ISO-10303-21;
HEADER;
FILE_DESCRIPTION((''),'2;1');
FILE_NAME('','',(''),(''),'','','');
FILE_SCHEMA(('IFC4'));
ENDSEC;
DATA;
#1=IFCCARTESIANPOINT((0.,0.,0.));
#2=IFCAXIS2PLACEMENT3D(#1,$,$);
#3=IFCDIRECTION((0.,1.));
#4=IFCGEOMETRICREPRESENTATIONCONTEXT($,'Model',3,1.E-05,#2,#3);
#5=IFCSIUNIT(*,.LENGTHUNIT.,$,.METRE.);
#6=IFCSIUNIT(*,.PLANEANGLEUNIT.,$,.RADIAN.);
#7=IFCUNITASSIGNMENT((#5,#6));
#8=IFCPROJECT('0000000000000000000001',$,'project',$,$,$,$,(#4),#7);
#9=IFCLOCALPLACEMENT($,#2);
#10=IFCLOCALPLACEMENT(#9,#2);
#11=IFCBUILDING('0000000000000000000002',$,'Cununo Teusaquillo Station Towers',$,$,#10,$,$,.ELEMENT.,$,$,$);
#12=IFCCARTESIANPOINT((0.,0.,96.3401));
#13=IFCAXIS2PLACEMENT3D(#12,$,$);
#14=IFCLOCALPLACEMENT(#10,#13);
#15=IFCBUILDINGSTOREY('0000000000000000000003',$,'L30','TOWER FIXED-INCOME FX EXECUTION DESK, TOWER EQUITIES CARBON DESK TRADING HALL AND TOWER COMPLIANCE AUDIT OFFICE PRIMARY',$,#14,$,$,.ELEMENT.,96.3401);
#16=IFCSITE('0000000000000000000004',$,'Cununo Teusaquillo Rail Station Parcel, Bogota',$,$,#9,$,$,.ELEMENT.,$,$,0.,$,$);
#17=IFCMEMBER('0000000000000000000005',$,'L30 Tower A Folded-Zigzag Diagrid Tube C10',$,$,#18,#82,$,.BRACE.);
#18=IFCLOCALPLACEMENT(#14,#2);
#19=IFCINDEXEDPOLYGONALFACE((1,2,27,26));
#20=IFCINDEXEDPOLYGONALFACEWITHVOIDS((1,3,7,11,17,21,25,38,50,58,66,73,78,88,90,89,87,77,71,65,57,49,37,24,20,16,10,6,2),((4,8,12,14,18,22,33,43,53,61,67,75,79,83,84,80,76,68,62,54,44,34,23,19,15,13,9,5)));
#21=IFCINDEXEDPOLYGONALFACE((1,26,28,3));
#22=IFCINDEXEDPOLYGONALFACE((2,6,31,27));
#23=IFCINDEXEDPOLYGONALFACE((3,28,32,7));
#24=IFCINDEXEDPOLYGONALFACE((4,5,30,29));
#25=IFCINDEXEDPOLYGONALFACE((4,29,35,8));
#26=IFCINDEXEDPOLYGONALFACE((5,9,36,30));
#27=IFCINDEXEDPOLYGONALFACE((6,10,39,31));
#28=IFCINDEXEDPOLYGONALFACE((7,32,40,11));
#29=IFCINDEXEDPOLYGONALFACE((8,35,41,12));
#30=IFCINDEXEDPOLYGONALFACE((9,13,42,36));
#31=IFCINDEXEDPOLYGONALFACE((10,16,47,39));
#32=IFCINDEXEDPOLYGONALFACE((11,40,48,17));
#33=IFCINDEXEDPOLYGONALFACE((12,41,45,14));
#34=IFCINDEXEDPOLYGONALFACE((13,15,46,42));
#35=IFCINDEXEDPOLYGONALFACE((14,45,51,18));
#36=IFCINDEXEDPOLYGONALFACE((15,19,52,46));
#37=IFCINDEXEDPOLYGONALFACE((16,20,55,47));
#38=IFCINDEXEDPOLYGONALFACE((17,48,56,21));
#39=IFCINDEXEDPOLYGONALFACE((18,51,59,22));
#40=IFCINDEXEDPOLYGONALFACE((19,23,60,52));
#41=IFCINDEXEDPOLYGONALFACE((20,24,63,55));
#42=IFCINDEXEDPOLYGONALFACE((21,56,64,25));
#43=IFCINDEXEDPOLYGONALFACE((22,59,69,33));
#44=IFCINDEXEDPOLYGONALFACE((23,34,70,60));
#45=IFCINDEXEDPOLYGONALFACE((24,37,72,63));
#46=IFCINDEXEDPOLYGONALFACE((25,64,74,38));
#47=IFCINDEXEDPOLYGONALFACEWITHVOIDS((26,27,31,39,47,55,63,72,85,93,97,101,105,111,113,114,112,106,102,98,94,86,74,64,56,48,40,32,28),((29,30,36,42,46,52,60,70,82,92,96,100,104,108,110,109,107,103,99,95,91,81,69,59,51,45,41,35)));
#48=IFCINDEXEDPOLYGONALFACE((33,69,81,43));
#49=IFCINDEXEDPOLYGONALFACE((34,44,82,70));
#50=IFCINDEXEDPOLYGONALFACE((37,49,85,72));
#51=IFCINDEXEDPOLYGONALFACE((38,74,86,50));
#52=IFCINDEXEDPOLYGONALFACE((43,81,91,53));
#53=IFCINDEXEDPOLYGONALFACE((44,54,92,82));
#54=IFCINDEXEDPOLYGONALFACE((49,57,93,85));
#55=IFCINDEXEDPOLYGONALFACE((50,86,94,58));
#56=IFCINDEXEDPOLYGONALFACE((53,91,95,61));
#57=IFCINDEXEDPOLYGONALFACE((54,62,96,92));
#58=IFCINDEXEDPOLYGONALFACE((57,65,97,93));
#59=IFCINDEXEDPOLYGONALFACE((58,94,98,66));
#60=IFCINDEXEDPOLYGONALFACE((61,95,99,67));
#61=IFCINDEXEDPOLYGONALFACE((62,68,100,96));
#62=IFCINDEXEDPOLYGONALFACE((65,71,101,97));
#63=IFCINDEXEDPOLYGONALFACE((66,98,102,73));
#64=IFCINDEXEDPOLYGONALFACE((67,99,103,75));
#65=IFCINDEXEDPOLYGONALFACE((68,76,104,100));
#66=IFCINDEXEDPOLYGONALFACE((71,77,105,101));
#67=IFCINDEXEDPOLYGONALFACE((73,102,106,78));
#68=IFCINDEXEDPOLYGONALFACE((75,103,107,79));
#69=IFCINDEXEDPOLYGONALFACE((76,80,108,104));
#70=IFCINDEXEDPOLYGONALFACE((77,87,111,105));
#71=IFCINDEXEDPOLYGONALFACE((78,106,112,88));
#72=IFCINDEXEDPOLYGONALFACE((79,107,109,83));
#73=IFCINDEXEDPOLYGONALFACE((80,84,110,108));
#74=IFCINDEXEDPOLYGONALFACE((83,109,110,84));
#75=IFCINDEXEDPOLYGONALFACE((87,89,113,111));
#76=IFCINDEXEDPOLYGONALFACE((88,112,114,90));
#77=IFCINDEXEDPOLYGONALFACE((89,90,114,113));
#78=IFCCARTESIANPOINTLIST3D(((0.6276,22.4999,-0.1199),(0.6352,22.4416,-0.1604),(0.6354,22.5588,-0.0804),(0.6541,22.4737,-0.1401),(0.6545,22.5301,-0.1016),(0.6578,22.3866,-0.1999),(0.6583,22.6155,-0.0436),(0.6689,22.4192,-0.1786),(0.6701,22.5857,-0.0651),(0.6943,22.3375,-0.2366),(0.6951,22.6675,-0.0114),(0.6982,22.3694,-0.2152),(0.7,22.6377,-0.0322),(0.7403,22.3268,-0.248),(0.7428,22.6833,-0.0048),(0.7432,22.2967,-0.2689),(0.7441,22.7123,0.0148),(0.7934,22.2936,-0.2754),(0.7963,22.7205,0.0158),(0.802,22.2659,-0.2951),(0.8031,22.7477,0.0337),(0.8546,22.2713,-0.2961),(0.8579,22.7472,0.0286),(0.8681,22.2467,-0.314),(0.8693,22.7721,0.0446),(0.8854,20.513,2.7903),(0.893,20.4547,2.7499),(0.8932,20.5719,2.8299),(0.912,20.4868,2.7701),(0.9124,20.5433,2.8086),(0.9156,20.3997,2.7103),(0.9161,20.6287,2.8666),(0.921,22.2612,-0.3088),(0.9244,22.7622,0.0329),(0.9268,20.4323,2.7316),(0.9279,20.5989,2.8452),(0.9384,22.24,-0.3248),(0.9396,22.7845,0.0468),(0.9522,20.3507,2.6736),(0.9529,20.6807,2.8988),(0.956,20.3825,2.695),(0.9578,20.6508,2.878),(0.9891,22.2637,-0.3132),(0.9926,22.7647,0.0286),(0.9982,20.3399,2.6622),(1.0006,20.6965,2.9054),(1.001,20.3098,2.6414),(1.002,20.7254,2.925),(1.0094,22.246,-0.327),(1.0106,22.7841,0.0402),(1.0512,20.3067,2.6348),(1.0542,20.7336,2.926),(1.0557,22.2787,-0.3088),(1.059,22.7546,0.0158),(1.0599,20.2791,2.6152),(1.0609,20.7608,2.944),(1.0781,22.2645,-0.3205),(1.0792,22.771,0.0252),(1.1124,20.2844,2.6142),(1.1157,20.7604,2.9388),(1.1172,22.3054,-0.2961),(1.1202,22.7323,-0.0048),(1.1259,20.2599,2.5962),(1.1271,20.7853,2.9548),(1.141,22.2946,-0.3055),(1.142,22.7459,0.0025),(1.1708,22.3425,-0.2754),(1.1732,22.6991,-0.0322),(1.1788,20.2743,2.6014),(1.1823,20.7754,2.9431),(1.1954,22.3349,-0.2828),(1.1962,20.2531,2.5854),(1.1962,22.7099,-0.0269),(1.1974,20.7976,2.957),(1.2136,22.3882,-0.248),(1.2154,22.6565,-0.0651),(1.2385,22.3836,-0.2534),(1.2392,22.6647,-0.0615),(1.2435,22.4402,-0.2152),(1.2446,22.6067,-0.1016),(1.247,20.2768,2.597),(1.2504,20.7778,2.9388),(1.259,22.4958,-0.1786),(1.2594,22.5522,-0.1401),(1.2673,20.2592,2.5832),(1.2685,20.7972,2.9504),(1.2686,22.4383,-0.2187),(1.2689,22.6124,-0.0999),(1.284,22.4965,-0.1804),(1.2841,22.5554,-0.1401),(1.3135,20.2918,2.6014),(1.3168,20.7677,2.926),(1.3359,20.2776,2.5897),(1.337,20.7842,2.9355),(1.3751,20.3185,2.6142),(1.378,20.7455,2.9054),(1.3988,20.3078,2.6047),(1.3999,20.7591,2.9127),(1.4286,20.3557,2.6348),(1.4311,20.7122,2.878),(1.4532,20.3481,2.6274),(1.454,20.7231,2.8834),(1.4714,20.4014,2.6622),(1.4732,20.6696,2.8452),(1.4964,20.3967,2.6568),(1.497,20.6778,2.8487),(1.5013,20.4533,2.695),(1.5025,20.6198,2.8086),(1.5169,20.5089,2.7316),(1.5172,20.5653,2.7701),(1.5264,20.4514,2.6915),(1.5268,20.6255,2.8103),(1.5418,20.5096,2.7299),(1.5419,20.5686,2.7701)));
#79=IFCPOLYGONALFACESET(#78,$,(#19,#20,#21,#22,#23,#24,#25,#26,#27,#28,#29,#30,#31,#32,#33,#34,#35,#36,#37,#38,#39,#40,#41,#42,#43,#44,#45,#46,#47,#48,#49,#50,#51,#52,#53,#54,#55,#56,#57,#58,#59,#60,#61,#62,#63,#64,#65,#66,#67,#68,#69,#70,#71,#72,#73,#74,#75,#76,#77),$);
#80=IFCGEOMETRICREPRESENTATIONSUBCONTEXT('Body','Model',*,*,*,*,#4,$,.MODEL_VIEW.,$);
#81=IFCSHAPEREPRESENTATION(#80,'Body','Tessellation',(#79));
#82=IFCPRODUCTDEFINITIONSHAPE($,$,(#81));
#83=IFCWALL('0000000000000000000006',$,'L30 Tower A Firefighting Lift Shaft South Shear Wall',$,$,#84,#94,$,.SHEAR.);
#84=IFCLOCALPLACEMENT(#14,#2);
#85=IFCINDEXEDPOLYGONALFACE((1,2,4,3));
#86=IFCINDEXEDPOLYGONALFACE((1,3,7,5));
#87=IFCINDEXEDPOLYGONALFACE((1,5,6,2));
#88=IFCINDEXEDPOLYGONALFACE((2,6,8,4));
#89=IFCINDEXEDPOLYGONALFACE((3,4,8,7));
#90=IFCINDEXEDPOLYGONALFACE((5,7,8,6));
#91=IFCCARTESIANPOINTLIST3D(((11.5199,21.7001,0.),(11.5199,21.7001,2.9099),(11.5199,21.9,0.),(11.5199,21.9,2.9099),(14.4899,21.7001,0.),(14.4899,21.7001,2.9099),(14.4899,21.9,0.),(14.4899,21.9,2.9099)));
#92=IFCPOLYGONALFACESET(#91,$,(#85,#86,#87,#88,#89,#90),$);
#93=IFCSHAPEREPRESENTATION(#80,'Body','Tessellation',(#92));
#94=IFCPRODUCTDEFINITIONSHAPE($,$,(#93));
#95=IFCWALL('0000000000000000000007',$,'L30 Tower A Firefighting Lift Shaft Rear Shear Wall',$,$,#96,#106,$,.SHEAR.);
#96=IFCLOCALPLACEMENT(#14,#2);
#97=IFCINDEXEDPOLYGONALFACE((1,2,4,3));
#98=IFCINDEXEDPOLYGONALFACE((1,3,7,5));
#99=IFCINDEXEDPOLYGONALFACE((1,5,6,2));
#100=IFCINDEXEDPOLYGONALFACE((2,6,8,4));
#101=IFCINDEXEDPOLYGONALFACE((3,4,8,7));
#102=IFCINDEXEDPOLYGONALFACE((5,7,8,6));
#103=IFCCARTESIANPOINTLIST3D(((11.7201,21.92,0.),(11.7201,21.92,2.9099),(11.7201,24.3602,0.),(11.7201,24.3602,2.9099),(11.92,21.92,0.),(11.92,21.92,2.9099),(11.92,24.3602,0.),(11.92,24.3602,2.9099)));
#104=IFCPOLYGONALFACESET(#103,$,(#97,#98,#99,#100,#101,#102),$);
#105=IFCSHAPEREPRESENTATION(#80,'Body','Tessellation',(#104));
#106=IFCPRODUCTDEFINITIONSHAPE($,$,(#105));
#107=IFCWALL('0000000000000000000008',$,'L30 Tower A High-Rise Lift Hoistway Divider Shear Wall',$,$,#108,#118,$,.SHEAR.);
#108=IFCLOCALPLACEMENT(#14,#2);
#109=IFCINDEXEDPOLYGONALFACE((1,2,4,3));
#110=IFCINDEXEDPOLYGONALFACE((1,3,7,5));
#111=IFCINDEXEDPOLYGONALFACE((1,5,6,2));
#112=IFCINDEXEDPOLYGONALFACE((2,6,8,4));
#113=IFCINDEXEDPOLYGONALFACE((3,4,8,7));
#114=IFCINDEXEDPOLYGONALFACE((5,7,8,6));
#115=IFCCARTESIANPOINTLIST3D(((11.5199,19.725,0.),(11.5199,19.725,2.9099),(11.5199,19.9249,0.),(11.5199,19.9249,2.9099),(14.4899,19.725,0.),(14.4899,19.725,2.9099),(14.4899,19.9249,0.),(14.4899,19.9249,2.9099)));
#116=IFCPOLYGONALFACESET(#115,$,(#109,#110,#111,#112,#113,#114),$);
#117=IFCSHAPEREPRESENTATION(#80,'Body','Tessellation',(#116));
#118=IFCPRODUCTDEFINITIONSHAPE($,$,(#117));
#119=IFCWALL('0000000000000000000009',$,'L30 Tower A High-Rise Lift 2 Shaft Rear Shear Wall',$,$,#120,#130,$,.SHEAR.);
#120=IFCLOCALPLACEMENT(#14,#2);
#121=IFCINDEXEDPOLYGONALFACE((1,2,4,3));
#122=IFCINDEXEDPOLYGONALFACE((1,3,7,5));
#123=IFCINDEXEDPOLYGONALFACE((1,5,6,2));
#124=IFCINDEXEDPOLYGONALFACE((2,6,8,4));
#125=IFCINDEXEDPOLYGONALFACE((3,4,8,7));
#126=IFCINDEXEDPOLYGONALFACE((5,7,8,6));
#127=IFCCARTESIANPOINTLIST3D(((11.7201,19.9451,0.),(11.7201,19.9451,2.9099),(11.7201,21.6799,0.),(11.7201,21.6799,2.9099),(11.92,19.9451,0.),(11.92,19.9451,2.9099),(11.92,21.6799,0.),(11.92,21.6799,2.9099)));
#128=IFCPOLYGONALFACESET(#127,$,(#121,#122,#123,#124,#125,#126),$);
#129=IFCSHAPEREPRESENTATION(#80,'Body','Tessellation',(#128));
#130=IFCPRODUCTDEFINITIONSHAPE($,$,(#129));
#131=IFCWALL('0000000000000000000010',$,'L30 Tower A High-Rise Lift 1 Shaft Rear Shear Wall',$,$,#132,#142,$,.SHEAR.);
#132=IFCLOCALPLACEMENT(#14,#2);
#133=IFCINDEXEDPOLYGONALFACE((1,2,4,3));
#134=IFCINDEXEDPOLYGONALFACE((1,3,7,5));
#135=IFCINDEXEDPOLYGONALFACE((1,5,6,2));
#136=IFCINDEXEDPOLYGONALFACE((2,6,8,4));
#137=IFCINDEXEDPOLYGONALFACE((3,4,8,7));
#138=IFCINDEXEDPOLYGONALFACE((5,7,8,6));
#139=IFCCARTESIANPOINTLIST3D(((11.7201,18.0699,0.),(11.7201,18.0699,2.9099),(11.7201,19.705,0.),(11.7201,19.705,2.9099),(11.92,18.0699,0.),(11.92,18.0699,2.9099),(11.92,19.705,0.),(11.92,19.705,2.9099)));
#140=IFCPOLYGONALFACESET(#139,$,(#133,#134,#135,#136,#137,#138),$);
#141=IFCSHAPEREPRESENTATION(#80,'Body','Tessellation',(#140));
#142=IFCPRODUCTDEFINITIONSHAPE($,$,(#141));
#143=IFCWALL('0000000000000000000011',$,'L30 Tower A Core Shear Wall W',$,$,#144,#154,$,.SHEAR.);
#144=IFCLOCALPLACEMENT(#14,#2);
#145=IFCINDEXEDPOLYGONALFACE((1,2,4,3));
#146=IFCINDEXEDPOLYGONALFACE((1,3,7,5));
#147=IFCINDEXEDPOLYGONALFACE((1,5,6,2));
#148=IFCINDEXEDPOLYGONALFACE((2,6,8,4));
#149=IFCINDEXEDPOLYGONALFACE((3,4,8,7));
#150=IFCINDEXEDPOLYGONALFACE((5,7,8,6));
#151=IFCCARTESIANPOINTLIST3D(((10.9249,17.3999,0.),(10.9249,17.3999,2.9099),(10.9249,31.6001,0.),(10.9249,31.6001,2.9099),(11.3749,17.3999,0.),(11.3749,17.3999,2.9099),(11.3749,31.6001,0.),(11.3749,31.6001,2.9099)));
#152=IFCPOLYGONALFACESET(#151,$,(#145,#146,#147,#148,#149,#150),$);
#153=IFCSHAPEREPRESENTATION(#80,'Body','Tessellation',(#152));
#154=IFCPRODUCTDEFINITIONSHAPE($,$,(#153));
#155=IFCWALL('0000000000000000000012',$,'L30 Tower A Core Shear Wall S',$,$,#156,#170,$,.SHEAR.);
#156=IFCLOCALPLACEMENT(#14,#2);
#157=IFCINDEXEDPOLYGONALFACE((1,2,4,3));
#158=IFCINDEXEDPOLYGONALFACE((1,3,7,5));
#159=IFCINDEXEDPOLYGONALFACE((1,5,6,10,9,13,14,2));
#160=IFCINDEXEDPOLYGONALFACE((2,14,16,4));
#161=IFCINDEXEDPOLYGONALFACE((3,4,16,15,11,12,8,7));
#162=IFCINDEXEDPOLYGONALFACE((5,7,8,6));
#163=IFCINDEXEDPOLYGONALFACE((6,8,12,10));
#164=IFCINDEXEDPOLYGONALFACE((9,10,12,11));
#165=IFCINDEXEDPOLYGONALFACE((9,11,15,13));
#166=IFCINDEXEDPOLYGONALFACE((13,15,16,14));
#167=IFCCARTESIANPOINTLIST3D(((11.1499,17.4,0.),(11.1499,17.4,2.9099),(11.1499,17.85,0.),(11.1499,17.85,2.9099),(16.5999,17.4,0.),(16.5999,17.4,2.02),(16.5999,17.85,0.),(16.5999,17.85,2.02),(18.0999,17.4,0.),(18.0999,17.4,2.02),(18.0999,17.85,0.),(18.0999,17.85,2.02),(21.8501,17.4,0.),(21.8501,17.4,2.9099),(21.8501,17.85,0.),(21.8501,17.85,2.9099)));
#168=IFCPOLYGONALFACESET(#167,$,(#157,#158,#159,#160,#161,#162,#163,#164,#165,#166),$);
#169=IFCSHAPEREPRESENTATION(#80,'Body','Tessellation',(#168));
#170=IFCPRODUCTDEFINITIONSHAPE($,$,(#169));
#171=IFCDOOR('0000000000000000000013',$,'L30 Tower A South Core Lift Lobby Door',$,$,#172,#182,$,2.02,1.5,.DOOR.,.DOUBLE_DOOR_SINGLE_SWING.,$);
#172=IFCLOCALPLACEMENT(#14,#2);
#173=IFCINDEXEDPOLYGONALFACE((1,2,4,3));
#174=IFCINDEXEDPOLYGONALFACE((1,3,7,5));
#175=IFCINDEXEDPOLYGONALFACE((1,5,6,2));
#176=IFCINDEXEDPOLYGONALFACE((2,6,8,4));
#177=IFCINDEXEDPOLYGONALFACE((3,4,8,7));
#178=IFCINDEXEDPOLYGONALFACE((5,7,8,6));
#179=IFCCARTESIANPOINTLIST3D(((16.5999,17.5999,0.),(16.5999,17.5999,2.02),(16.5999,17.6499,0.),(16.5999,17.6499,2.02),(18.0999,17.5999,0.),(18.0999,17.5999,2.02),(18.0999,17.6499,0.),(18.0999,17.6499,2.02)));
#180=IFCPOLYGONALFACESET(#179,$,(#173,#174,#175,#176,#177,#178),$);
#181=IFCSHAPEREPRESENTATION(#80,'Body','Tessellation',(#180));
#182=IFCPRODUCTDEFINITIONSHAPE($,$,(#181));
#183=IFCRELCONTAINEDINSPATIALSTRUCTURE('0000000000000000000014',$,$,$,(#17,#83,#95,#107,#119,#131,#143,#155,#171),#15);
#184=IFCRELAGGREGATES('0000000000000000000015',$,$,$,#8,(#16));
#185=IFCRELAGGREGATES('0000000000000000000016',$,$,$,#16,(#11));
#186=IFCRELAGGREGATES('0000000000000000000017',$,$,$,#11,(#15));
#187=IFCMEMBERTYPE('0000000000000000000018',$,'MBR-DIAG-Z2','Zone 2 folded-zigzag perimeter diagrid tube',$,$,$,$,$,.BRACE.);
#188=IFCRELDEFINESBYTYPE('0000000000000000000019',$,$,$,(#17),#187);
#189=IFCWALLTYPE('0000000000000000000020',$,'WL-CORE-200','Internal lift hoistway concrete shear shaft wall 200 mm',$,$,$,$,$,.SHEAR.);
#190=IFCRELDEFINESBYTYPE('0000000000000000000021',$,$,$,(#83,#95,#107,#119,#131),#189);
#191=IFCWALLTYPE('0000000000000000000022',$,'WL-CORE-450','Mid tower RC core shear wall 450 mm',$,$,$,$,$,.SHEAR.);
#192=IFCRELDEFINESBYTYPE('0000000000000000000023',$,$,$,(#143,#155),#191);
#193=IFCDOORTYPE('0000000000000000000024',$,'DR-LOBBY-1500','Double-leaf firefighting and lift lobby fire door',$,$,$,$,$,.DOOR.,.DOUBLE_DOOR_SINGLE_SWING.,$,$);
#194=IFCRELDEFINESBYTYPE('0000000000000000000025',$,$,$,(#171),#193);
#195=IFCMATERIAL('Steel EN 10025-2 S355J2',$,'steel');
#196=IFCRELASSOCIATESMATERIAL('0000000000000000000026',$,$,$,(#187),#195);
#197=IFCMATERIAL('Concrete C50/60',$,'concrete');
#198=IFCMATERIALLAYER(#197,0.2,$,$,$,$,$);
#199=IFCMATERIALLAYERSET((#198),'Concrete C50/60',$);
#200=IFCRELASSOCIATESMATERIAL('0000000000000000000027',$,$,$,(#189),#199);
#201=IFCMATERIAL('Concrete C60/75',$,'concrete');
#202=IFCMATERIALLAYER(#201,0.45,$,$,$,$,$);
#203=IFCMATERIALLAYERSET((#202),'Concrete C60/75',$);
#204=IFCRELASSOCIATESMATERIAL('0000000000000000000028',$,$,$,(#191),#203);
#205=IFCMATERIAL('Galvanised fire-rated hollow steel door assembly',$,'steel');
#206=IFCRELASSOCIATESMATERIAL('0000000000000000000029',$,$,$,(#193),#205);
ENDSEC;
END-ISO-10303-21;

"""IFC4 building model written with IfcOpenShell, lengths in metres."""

from ifc_helpers import new_model, si_unit, direction, frame, frame_2d, origin, origin_2d, place, context, subcontext, project, spatial, rectangle, hollow_circle, extrude, source, transform, mapped, material, layer, layer_set, material_profile, profile_set, type_object, element, fill, save


model = new_model("IFC4")

# Units and contexts
model_context = context("Model", 3, precision=1e-05, world=origin(), true_north=direction((0.0, 1.0)))
body_context = subcontext(model_context, "Body", "Model", "MODEL_VIEW")
ifc_project = project(units=[si_unit("LENGTHUNIT", "METRE"), si_unit("PLANEANGLEUNIT", "RADIAN")], contexts=[model_context])

# Site, building, storey
site_placement = place(None, origin())
site = spatial("IfcSite", under=ifc_project, at=site_placement, Name="Cununo Teusaquillo Rail Station Parcel, Bogota", CompositionType="ELEMENT", RefElevation=0.0)
building_placement = place(site_placement, origin())
building = spatial("IfcBuilding", under=site, at=building_placement, Name="Cununo Teusaquillo Station Towers", CompositionType="ELEMENT")
storey_placement = place(building_placement, frame((0.0, 0.0, 96.3401)))
storey = spatial("IfcBuildingStorey", under=building, at=storey_placement, Name="L30", Description="TOWER FIXED-INCOME FX EXECUTION DESK, TOWER EQUITIES CARBON DESK TRADING HALL AND TOWER COMPLIANCE AUDIT OFFICE PRIMARY", CompositionType="ELEMENT", Elevation=96.3401)

# Member
ifc_material_1 = material(Name="Steel EN 10025-2 S355J2", Category="steel")
ifc_material_profile_1 = material_profile(ifc_material_1, hollow_circle(Radius=0.3301, WallThickness=0.0249, at=origin_2d()), Name="CHS 660x25")
ifc_profile_set_1 = profile_set([ifc_material_profile_1], Name="Steel EN 10025-2 S355J2")
member_type = type_object("IfcMemberType", Name="MBR-DIAG-Z2", Description="Zone 2 folded-zigzag perimeter diagrid tube", PredefinedType="BRACE", material=ifc_profile_set_1)
member_placement = place(storey_placement, frame((0.9568, 22.5129, -0.1401), z_axis=(0.07297, -0.562341, 0.82368), x_axis=(0.991686, 0.128683, 0.0)))
element("IfcMember", 1, at=member_placement, inside=storey, type_object=member_type, Name="L30 Tower A Folded-Zigzag Diagrid Tube C10", PredefinedType="BRACE", context=body_context, shape_type="SweptSolid", body=[
    extrude(hollow_circle(Radius=0.3301, WallThickness=0.0249, at=origin_2d()), origin(), (0.0, 0.0, 1.0), 3.5332),
])

# Walls
ifc_material_2 = material(Name="Concrete C50/60", Category="concrete")
ifc_layer_1 = layer(ifc_material_2, 0.2)
ifc_layer_set_1 = layer_set([ifc_layer_1], Name="Concrete C50/60")
wall_type_1 = type_object("IfcWallType", Name="WL-CORE-200", Description="Internal lift hoistway concrete shear shaft wall 200 mm", PredefinedType="SHEAR", material=ifc_layer_set_1)
wall_1_placement = place(storey_placement, frame((11.52, 21.8, 0.0), z_axis=(0.0, 0.0, 1.0), x_axis=(1.0, 0.0, 0.0)))
element("IfcWall", 2, at=wall_1_placement, inside=storey, type_object=wall_type_1, Name="L30 Tower A Firefighting Lift Shaft South Shear Wall", PredefinedType="SHEAR", context=body_context, shape_type="SweptSolid", body=[
    extrude(rectangle(XDim=2.97, YDim=0.2, at=frame_2d((1.4849, 0.0))), origin(), (0.0, 0.0, 1.0), 2.9099),
])
wall_2_placement = place(storey_placement, frame((11.8201, 21.9199, 0.0), z_axis=(0.0, 0.0, 1.0), x_axis=(0.0, 1.0, 0.0)))
element("IfcWall", 3, at=wall_2_placement, inside=storey, type_object=wall_type_1, Name="L30 Tower A Firefighting Lift Shaft Rear Shear Wall", PredefinedType="SHEAR", context=body_context, shape_type="SweptSolid", body=[
    extrude(rectangle(XDim=2.4402, YDim=0.2, at=frame_2d((1.2202, 0.0))), origin(), (0.0, 0.0, 1.0), 2.9099),
])
wall_3_placement = place(storey_placement, frame((11.52, 19.825, 0.0), z_axis=(0.0, 0.0, 1.0), x_axis=(1.0, 0.0, 0.0)))
element("IfcWall", 4, at=wall_3_placement, inside=storey, type_object=wall_type_1, Name="L30 Tower A High-Rise Lift Hoistway Divider Shear Wall", PredefinedType="SHEAR", context=body_context, shape_type="SweptSolid", body=[
    extrude(rectangle(XDim=2.97, YDim=0.2, at=frame_2d((1.4849, 0.0))), origin(), (0.0, 0.0, 1.0), 2.9099),
])
wall_4_placement = place(storey_placement, frame((11.8201, 19.9451, 0.0), z_axis=(0.0, 0.0, 1.0), x_axis=(0.0, 1.0, 0.0)))
element("IfcWall", 5, at=wall_4_placement, inside=storey, type_object=wall_type_1, Name="L30 Tower A High-Rise Lift 2 Shaft Rear Shear Wall", PredefinedType="SHEAR", context=body_context, shape_type="SweptSolid", body=[
    extrude(rectangle(XDim=1.7349, YDim=0.2, at=frame_2d((0.8674, 0.0))), origin(), (0.0, 0.0, 1.0), 2.9099),
])
wall_5_placement = place(storey_placement, frame((11.8201, 18.0701, 0.0), z_axis=(0.0, 0.0, 1.0), x_axis=(0.0, 1.0, 0.0)))
element("IfcWall", 6, at=wall_5_placement, inside=storey, type_object=wall_type_1, Name="L30 Tower A High-Rise Lift 1 Shaft Rear Shear Wall", PredefinedType="SHEAR", context=body_context, shape_type="SweptSolid", body=[
    extrude(rectangle(XDim=1.635, YDim=0.2, at=frame_2d((0.8174, 0.0))), origin(), (0.0, 0.0, 1.0), 2.9099),
])
ifc_material_3 = material(Name="Concrete C60/75", Category="concrete")
ifc_layer_2 = layer(ifc_material_3, 0.45)
ifc_layer_set_2 = layer_set([ifc_layer_2], Name="Concrete C60/75")
wall_type_2 = type_object("IfcWallType", Name="WL-CORE-450", Description="Mid tower RC core shear wall 450 mm", PredefinedType="SHEAR", material=ifc_layer_set_2)
wall_6_placement = place(storey_placement, frame((11.1499, 17.3999, 0.0), z_axis=(0.0, 0.0, 1.0), x_axis=(0.0, 1.0, 0.0)))
element("IfcWall", 7, at=wall_6_placement, inside=storey, type_object=wall_type_2, Name="L30 Tower A Core Shear Wall W", PredefinedType="SHEAR", context=body_context, shape_type="SweptSolid", body=[
    extrude(rectangle(XDim=14.2002, YDim=0.45, at=frame_2d((7.1001, 0.0))), origin(), (0.0, 0.0, 1.0), 2.9099),
])

# Wall, opening, door
wall_7_placement = place(storey_placement, frame((11.1499, 17.625, 0.0), z_axis=(0.0, 0.0, 1.0), x_axis=(1.0, 0.0, 0.0)))
wall_7 = element("IfcWall", 8, at=wall_7_placement, inside=storey, type_object=wall_type_2, Name="L30 Tower A Core Shear Wall S", PredefinedType="SHEAR", context=body_context, shape_type="SweptSolid", body=[
    extrude(rectangle(XDim=10.7002, YDim=0.45, at=frame_2d((5.3501, 0.0))), origin(), (0.0, 0.0, 1.0), 2.9099),
])
shared_shape_1 = source(origin(), body_context, "Body", "SweptSolid", [
    extrude(rectangle(XDim=1.5, YDim=2.02, at=frame_2d((0.75, 1.01))), frame((0.0, 0.2349, 0.0), z_axis=(0.0, -1.0, 0.0), x_axis=(1.0, 0.0, 0.0)), (0.0, 0.0, 1.0), 0.47),
])
opening_1_placement = place(wall_7_placement, frame((5.45, 0.0, 0.0)))
opening_1 = element("IfcOpeningElement", 9, at=opening_1_placement, cuts=wall_7, PredefinedType="OPENING", context=body_context, shape_type="MappedRepresentation", body=[
    mapped(shared_shape_1, transform((0.0, 0.0, 0.0), x_axis=(1.0, 0.0, 0.0), y_axis=(0.0, 1.0, 0.0), z_axis=(0.0, 0.0, 1.0), scale=1.0)),
])
ifc_material_4 = material(Name="Galvanised fire-rated hollow steel door assembly", Category="steel")
door_type_1 = type_object("IfcDoorType", Name="DR-LOBBY-1500", Description="Double-leaf firefighting and lift lobby fire door", OperationType="DOUBLE_DOOR_SINGLE_SWING", PredefinedType="DOOR", material=ifc_material_4)
shared_shape_2 = source(origin(), body_context, "Body", "SweptSolid", [
    extrude(rectangle(XDim=1.5, YDim=2.02, at=frame_2d((0.75, 1.01))), frame((0.0, 0.0249, 0.0), z_axis=(0.0, -1.0, 0.0), x_axis=(1.0, 0.0, 0.0)), (0.0, 0.0, 1.0), 0.05),
])
door_1_placement = place(opening_1_placement, origin())
door_1 = element("IfcDoor", 10, at=door_1_placement, inside=storey, type_object=door_type_1, Name="L30 Tower A South Core Lift Lobby Door", OperationType="DOUBLE_DOOR_SINGLE_SWING", OverallHeight=2.02, OverallWidth=1.5, PredefinedType="DOOR", context=body_context, shape_type="MappedRepresentation", body=[
    mapped(shared_shape_2, transform((0.0, 0.0, 0.0), x_axis=(1.0, 0.0, 0.0), y_axis=(0.0, 1.0, 0.0), z_axis=(0.0, 0.0, 1.0), scale=1.0)),
])
fill(opening_1, door_1)

save(model, "model.ifc")
